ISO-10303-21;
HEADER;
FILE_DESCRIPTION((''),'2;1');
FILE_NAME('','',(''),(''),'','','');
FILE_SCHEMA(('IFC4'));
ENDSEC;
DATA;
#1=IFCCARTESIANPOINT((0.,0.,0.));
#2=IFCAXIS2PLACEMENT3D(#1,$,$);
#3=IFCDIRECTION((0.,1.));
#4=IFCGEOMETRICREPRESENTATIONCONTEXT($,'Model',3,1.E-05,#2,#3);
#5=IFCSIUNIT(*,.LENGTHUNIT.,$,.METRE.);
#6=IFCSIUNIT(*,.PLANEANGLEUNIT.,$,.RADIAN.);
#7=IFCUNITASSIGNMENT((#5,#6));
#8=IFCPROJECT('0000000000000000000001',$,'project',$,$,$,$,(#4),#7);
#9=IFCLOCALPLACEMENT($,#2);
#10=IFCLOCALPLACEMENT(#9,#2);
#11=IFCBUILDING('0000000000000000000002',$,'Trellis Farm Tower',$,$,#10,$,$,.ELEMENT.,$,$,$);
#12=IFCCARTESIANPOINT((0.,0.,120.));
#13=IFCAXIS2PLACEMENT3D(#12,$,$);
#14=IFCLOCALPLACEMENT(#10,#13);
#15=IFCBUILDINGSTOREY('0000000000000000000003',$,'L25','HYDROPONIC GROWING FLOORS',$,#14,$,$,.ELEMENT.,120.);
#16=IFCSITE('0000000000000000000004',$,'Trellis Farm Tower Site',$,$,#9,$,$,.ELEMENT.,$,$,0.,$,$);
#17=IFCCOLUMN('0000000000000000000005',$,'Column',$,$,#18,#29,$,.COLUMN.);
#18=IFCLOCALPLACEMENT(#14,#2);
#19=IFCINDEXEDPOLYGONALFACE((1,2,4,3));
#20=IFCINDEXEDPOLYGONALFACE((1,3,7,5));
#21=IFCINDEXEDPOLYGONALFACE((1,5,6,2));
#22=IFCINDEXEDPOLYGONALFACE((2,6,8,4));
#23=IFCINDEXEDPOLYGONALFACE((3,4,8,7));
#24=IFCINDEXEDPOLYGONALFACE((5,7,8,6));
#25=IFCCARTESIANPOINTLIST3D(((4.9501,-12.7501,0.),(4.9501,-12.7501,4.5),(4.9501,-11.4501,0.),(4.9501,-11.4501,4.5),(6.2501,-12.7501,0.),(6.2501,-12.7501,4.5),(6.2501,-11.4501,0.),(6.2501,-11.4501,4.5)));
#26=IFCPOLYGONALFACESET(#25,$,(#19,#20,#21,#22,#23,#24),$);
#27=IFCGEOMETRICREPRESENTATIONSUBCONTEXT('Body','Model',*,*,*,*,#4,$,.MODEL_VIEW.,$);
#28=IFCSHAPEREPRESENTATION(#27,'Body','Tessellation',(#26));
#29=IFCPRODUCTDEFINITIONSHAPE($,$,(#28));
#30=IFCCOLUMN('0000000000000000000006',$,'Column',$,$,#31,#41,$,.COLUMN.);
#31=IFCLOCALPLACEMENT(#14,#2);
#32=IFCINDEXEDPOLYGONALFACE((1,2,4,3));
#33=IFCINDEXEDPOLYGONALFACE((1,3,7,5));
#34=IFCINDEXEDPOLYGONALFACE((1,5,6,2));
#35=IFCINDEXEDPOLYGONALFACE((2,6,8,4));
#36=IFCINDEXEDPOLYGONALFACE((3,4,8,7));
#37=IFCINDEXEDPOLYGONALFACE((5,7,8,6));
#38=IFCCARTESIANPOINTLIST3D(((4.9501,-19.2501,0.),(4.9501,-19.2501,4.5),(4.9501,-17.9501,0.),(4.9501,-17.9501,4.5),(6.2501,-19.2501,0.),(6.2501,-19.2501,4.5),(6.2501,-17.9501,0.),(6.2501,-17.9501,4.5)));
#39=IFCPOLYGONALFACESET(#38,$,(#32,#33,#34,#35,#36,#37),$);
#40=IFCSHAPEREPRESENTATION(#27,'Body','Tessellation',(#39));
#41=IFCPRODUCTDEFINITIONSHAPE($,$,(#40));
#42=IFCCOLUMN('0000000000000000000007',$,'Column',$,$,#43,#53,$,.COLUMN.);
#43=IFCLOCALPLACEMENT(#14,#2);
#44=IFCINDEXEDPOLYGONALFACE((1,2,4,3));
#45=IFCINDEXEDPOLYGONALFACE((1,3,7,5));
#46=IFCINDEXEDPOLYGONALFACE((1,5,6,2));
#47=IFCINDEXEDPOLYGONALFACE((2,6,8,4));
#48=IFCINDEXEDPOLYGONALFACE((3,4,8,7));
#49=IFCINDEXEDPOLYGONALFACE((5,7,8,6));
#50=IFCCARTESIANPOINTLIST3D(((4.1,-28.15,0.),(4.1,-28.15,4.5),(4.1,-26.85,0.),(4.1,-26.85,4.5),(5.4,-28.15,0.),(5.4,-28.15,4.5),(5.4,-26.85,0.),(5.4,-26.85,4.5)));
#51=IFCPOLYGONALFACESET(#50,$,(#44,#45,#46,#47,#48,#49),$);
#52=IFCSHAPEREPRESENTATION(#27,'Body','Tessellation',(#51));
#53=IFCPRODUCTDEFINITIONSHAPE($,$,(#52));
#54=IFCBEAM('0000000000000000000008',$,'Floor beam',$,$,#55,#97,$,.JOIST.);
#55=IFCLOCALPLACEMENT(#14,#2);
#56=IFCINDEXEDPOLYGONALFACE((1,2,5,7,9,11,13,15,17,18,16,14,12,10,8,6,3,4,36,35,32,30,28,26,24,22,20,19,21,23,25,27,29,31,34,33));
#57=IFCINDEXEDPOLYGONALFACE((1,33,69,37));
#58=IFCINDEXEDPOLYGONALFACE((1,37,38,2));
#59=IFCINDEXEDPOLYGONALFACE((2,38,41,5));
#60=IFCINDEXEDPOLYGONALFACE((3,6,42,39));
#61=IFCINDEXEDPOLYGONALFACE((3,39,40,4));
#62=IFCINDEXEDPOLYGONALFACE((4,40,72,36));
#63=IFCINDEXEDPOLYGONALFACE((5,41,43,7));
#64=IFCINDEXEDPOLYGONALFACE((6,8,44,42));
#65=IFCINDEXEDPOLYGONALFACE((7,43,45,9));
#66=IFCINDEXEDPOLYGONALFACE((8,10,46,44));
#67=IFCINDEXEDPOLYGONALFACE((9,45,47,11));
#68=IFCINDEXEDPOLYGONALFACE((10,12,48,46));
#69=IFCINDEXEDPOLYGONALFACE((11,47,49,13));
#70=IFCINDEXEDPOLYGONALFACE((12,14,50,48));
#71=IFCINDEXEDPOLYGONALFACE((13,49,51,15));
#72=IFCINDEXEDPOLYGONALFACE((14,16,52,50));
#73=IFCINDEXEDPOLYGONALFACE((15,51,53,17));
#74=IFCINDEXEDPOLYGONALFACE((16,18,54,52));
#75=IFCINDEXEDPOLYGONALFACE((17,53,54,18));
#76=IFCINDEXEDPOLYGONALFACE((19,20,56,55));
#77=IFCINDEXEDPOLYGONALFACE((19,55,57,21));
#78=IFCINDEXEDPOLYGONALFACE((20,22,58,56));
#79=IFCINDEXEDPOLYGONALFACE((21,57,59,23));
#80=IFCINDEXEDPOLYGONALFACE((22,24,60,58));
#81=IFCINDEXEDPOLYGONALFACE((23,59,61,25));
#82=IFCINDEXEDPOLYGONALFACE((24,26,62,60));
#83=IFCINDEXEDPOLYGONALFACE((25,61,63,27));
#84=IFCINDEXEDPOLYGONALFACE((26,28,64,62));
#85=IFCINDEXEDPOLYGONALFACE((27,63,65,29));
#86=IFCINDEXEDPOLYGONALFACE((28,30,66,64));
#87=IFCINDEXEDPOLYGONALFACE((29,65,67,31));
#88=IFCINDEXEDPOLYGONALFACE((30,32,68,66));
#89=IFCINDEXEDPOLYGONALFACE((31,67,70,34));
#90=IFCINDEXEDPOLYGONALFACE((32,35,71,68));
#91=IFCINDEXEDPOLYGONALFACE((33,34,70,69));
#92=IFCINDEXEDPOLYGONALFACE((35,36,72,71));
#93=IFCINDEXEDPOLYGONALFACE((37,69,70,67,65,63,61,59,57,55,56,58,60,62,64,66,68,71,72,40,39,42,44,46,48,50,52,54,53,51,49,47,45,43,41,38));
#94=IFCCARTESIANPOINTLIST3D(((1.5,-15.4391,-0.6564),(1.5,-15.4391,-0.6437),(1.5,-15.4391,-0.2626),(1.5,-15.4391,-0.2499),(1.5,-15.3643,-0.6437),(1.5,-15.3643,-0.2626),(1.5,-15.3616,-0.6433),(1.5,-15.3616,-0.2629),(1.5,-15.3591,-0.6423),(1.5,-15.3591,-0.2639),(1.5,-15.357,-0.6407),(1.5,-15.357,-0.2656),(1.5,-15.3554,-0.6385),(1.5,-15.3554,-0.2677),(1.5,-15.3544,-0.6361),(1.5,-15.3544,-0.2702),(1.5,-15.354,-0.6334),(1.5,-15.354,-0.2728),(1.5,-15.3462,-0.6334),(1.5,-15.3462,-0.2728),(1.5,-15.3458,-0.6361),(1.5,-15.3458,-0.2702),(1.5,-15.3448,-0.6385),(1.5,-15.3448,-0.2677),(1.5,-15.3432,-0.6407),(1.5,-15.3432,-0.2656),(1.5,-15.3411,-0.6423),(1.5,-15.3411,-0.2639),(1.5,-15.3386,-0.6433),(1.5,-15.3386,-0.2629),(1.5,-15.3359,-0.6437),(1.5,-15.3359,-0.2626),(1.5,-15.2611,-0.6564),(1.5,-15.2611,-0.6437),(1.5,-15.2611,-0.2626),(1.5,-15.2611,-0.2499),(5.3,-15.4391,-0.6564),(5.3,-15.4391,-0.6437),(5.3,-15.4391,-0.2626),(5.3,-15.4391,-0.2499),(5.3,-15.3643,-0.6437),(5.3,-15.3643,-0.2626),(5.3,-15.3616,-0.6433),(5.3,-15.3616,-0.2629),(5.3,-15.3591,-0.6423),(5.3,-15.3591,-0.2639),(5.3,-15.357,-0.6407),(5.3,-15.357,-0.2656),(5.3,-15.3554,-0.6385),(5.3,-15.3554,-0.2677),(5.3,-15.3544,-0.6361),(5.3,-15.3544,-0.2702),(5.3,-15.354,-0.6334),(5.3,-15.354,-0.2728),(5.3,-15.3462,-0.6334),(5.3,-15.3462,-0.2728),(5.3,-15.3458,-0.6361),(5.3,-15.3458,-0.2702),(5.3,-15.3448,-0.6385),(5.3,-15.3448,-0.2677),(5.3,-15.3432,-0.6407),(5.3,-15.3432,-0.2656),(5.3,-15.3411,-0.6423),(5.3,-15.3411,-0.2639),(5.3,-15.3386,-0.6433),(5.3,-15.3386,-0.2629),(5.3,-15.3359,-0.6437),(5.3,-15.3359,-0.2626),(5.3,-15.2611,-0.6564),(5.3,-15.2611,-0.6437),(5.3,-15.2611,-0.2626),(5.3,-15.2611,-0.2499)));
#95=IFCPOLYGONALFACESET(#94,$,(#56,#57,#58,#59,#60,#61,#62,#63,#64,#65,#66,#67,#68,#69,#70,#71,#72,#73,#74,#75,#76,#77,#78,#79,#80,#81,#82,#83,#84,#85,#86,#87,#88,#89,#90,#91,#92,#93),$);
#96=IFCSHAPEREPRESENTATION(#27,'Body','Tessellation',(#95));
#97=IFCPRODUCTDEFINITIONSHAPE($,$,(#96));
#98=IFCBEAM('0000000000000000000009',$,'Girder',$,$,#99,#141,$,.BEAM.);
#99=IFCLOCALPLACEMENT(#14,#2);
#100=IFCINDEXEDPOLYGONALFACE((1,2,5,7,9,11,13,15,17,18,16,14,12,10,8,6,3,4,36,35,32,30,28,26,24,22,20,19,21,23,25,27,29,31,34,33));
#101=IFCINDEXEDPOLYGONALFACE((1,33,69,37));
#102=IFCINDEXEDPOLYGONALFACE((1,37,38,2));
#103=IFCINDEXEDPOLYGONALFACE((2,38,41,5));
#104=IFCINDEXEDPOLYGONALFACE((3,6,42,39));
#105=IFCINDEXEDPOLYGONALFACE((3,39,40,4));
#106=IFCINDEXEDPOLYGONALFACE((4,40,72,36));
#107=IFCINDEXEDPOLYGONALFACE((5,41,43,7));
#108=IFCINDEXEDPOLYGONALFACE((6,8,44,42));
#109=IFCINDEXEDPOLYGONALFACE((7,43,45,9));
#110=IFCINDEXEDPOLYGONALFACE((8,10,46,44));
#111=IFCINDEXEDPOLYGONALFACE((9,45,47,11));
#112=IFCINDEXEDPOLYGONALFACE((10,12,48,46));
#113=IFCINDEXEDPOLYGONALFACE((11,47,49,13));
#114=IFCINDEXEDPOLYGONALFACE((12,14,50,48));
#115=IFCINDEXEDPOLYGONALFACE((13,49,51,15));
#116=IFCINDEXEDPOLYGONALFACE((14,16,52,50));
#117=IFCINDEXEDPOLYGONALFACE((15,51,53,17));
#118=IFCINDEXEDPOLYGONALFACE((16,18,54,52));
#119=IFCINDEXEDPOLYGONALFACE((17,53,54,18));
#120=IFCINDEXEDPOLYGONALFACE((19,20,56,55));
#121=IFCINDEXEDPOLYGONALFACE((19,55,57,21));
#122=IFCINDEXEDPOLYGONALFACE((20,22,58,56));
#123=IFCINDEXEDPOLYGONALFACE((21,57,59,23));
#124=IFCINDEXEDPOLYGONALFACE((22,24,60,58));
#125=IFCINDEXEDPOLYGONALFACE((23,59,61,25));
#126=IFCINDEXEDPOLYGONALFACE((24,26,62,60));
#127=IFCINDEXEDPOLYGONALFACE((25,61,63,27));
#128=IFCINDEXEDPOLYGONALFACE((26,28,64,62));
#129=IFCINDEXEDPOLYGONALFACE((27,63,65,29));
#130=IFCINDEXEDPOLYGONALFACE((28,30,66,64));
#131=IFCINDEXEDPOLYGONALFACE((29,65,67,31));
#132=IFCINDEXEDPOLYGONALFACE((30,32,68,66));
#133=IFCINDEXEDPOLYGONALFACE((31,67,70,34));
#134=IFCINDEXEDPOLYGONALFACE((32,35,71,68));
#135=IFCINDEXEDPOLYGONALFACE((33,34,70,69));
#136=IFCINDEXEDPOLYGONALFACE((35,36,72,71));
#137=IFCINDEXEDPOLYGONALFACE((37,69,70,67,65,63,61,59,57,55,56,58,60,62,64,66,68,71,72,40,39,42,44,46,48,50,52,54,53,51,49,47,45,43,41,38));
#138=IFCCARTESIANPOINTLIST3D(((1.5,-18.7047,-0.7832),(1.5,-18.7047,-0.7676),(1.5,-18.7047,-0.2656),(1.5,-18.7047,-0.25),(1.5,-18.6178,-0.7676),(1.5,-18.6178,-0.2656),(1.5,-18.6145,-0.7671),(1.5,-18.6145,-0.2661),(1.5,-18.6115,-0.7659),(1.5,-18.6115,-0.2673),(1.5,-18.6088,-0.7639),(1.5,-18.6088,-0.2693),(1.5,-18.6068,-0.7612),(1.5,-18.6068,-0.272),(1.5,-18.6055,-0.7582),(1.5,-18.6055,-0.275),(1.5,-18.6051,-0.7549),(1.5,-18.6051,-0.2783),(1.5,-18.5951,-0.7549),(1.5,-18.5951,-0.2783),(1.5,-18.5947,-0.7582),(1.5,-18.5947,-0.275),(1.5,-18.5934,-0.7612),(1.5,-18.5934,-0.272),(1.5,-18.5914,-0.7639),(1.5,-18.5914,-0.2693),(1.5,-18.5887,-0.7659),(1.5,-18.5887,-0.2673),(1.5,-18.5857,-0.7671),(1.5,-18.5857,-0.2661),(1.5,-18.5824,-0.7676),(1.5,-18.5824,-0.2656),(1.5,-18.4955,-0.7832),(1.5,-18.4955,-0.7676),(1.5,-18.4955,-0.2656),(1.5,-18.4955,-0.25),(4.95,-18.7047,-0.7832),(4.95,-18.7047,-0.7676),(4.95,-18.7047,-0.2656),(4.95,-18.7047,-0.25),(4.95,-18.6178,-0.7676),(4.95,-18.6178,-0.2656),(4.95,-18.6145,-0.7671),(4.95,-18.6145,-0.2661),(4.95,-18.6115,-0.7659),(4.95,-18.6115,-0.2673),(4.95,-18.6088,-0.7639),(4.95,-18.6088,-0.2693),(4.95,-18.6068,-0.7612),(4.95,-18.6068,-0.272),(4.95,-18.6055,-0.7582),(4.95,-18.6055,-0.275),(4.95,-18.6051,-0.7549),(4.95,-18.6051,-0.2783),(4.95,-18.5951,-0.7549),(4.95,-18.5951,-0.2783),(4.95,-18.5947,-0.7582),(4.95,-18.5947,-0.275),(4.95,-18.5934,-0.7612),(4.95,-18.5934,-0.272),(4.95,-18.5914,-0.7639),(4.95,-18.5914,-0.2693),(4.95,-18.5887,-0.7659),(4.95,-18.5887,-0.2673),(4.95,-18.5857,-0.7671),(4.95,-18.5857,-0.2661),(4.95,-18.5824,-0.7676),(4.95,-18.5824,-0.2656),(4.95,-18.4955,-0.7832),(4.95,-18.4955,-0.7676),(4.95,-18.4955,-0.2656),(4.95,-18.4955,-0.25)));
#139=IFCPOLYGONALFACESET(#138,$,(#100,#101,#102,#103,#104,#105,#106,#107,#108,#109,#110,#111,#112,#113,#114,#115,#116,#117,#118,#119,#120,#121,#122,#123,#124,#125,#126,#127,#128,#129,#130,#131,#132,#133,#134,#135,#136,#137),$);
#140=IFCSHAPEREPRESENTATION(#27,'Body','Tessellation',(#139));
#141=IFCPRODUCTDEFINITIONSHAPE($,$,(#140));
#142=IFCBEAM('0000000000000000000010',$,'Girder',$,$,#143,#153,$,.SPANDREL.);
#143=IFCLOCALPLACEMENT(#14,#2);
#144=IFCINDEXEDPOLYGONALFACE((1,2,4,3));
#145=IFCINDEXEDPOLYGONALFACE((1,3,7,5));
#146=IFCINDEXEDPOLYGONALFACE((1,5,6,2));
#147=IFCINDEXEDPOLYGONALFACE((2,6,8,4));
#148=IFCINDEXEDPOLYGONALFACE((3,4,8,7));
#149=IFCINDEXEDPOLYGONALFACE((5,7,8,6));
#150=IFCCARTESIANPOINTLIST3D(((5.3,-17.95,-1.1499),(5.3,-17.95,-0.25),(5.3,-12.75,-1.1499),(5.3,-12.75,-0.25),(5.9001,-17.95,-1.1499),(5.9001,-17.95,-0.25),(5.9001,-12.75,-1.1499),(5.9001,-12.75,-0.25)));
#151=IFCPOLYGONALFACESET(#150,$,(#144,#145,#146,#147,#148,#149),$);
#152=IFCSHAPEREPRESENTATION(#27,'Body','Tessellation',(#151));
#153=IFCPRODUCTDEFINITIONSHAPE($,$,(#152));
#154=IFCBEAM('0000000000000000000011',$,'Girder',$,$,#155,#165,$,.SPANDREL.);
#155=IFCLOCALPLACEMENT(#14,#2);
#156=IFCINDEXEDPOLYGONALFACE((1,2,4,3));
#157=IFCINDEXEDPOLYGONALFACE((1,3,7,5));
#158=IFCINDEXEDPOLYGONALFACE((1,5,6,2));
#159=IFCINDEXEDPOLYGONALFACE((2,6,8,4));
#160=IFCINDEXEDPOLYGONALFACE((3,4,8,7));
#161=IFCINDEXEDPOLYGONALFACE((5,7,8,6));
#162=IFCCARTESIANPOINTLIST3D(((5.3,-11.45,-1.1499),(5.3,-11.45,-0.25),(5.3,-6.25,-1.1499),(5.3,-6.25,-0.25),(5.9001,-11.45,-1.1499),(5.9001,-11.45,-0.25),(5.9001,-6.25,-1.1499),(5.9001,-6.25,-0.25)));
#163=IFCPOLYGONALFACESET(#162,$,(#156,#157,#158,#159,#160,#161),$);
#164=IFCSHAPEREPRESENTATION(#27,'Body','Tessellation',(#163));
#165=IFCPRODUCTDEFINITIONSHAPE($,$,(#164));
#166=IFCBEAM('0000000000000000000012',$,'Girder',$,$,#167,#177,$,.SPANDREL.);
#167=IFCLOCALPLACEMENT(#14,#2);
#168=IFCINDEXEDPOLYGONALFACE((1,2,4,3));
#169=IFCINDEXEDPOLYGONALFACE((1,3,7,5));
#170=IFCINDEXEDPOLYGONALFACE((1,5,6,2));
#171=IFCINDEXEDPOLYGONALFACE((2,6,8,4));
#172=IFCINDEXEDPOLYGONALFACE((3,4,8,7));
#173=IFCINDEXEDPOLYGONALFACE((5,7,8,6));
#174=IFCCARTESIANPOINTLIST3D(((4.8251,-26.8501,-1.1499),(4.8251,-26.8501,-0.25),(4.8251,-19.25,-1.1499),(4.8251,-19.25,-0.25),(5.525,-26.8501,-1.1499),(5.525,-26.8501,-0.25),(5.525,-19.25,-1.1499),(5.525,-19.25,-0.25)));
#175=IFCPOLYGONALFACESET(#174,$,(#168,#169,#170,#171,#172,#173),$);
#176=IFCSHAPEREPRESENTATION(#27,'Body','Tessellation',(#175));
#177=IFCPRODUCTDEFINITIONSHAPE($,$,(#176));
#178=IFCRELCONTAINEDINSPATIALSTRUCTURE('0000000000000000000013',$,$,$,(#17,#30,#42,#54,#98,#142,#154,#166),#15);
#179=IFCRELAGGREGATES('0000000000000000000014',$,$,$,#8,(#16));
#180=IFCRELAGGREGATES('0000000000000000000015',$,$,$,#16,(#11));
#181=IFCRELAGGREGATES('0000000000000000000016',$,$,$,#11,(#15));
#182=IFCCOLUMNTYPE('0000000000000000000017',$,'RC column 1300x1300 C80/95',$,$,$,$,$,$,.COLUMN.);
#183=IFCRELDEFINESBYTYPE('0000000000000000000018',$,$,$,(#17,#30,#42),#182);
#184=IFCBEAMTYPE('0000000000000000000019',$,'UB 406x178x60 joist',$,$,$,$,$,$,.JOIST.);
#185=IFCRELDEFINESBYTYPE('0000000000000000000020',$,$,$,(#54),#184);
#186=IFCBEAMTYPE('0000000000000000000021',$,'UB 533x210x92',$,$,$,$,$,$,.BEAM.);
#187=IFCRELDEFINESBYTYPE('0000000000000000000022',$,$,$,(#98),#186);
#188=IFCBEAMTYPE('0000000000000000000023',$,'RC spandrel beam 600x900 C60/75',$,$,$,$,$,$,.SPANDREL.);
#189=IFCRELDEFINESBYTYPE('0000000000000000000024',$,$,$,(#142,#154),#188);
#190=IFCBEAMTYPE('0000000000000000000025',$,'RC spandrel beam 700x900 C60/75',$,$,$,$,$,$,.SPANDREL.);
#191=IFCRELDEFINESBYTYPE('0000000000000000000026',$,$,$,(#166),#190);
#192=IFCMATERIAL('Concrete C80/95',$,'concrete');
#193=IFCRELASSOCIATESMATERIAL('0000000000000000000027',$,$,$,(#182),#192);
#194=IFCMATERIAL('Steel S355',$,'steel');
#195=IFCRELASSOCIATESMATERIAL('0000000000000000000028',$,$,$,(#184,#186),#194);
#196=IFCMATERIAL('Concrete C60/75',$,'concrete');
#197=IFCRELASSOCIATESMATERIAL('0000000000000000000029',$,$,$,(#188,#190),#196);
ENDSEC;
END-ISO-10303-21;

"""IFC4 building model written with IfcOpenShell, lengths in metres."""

from ifc_helpers import new_model, si_unit, direction, frame, origin, origin_2d, place, context, subcontext, project, spatial, rectangle, i_section, extrude, source, transform, mapped, material, material_profile, profile_set, type_object, element, save


model = new_model("IFC4")

# Units and contexts
model_context = context("Model", 3, precision=1e-05, world=origin(), true_north=direction((0.0, 1.0)))
body_context = subcontext(model_context, "Body", "Model", "MODEL_VIEW")
ifc_project = project(units=[si_unit("LENGTHUNIT", "METRE"), si_unit("PLANEANGLEUNIT", "RADIAN")], contexts=[model_context])

# Site, building, storey
site_placement = place(None, origin())
site = spatial("IfcSite", under=ifc_project, at=site_placement, Name="Trellis Farm Tower Site", CompositionType="ELEMENT", RefElevation=0.0)
building_placement = place(site_placement, origin())
building = spatial("IfcBuilding", under=site, at=building_placement, Name="Trellis Farm Tower", CompositionType="ELEMENT")
storey_placement = place(building_placement, frame((0.0, 0.0, 120.0)))
storey = spatial("IfcBuildingStorey", under=building, at=storey_placement, Name="L25", Description="HYDROPONIC GROWING FLOORS", CompositionType="ELEMENT", Elevation=120.0)

# Columns
ifc_material_1 = material(Name="Concrete C80/95", Category="concrete")
ifc_material_profile_1 = material_profile(ifc_material_1, rectangle(XDim=1.3, YDim=1.3, at=origin_2d()), Name="RC column 1300x1300 C80/95")
ifc_profile_set_1 = profile_set([ifc_material_profile_1], Name="Concrete C80/95")
column_type = type_object("IfcColumnType", Name="RC column 1300x1300 C80/95", PredefinedType="COLUMN", material=ifc_profile_set_1)
shared_shape_1 = source(origin(), body_context, "Body", "SweptSolid", [
    extrude(rectangle(XDim=1.3, YDim=1.3, at=origin_2d()), origin(), (0.0, 0.0, 1.0), 4.5),
])
for number, where, z_axis, x_axis, name in (
    (1, (5.6001, -12.1001, 0.0), (0.0, 0.0, 1.0), (1.0, 0.0, 0.0), "Column"),
    (2, (5.6001, -18.6001, 0.0), (0.0, 0.0, 1.0), (1.0, 0.0, 0.0), "Column"),
    (3, (4.75, -27.5, 0.0), (0.0, 0.0, 1.0), (1.0, 0.0, 0.0), "Column"),
):
    element("IfcColumn", number, at=place(storey_placement, frame(where, z_axis=z_axis, x_axis=x_axis)), inside=storey, type_object=column_type, Name=name, PredefinedType="COLUMN", context=body_context, shape_type="MappedRepresentation", body=[
        mapped(shared_shape_1, transform((0.0, 0.0, 0.0))),
    ])

# Beams
ifc_material_2 = material(Name="Steel S355", Category="steel")
ifc_material_profile_2 = material_profile(ifc_material_2, i_section(OverallWidth=0.178, OverallDepth=0.4065, WebThickness=0.0078, FlangeThickness=0.0127, FilletRadius=0.0103, at=origin_2d()), Name="UB 406x178x60")
ifc_profile_set_2 = profile_set([ifc_material_profile_2], Name="Steel S355")
beam_type_1 = type_object("IfcBeamType", Name="UB 406x178x60 joist", PredefinedType="JOIST", material=ifc_profile_set_2)
shared_shape_2 = source(origin(), body_context, "Body", "SweptSolid", [
    extrude(i_section(OverallWidth=0.178, OverallDepth=0.4065, WebThickness=0.0078, FlangeThickness=0.0127, FilletRadius=0.0103, at=origin_2d()), origin(), (0.0, 0.0, 1.0), 3.8),
])
beam_1_placement = place(storey_placement, frame((1.5, -15.3501, -0.4531), z_axis=(1.0, 0.0, 0.0), x_axis=(0.0, 1.0, 0.0)))
element("IfcBeam", 4, at=beam_1_placement, inside=storey, type_object=beam_type_1, Name="Floor beam", PredefinedType="JOIST", context=body_context, shape_type="MappedRepresentation", body=[
    mapped(shared_shape_2, transform((0.0, 0.0, 0.0))),
])
ifc_material_profile_3 = material_profile(ifc_material_2, i_section(OverallWidth=0.2092, OverallDepth=0.5332, WebThickness=0.01, FlangeThickness=0.0156, FilletRadius=0.0127, at=origin_2d()), Name="UB 533x210x92")
ifc_profile_set_3 = profile_set([ifc_material_profile_3], Name="Steel S355")
beam_type_2 = type_object("IfcBeamType", Name="UB 533x210x92", PredefinedType="BEAM", material=ifc_profile_set_3)
shared_shape_3 = source(origin(), body_context, "Body", "SweptSolid", [
    extrude(i_section(OverallWidth=0.2092, OverallDepth=0.5332, WebThickness=0.01, FlangeThickness=0.0156, FilletRadius=0.0127, at=origin_2d()), origin(), (0.0, 0.0, 1.0), 3.45),
])
beam_2_placement = place(storey_placement, frame((1.5, -18.6001, -0.5166), z_axis=(1.0, 0.0, 0.0), x_axis=(0.0, 1.0, 0.0)))
element("IfcBeam", 5, at=beam_2_placement, inside=storey, type_object=beam_type_2, Name="Girder", PredefinedType="BEAM", context=body_context, shape_type="MappedRepresentation", body=[
    mapped(shared_shape_3, transform((0.0, 0.0, 0.0))),
])
ifc_material_3 = material(Name="Concrete C60/75", Category="concrete")
ifc_material_profile_4 = material_profile(ifc_material_3, rectangle(XDim=0.6001, YDim=0.8999, at=origin_2d()), Name="RC spandrel beam 600x900 C60/75")
ifc_profile_set_4 = profile_set([ifc_material_profile_4], Name="Concrete C60/75")
beam_type_3 = type_object("IfcBeamType", Name="RC spandrel beam 600x900 C60/75", PredefinedType="SPANDREL", material=ifc_profile_set_4)
shared_shape_4 = source(origin(), body_context, "Body", "SweptSolid", [
    extrude(rectangle(XDim=0.6001, YDim=0.8999, at=origin_2d()), origin(), (0.0, 0.0, 1.0), 5.2),
])
for number, where, z_axis, x_axis, name in (
    (6, (5.6001, -17.95, -0.7), (0.0, 1.0, 0.0), (-1.0, 0.0, 0.0), "Girder"),
    (7, (5.6001, -11.45, -0.7), (0.0, 1.0, 0.0), (-1.0, 0.0, 0.0), "Girder"),
):
    element("IfcBeam", number, at=place(storey_placement, frame(where, z_axis=z_axis, x_axis=x_axis)), inside=storey, type_object=beam_type_3, Name=name, PredefinedType="SPANDREL", context=body_context, shape_type="MappedRepresentation", body=[
        mapped(shared_shape_4, transform((0.0, 0.0, 0.0))),
    ])
ifc_material_profile_5 = material_profile(ifc_material_3, rectangle(XDim=0.7, YDim=0.8999, at=origin_2d()), Name="RC spandrel beam 700x900 C60/75")
ifc_profile_set_5 = profile_set([ifc_material_profile_5], Name="Concrete C60/75")
beam_type_4 = type_object("IfcBeamType", Name="RC spandrel beam 700x900 C60/75", PredefinedType="SPANDREL", material=ifc_profile_set_5)
shared_shape_5 = source(origin(), body_context, "Body", "SweptSolid", [
    extrude(rectangle(XDim=0.7, YDim=0.8999, at=origin_2d()), origin(), (0.0, 0.0, 1.0), 7.6001),
])
beam_3_placement = place(storey_placement, frame((5.175, -26.8501, -0.7), z_axis=(0.0, 1.0, 0.0), x_axis=(-1.0, 0.0, 0.0)))
element("IfcBeam", 8, at=beam_3_placement, inside=storey, type_object=beam_type_4, Name="Girder", PredefinedType="SPANDREL", context=body_context, shape_type="MappedRepresentation", body=[
    mapped(shared_shape_5, transform((0.0, 0.0, 0.0))),
])

save(model, "model.ifc")
